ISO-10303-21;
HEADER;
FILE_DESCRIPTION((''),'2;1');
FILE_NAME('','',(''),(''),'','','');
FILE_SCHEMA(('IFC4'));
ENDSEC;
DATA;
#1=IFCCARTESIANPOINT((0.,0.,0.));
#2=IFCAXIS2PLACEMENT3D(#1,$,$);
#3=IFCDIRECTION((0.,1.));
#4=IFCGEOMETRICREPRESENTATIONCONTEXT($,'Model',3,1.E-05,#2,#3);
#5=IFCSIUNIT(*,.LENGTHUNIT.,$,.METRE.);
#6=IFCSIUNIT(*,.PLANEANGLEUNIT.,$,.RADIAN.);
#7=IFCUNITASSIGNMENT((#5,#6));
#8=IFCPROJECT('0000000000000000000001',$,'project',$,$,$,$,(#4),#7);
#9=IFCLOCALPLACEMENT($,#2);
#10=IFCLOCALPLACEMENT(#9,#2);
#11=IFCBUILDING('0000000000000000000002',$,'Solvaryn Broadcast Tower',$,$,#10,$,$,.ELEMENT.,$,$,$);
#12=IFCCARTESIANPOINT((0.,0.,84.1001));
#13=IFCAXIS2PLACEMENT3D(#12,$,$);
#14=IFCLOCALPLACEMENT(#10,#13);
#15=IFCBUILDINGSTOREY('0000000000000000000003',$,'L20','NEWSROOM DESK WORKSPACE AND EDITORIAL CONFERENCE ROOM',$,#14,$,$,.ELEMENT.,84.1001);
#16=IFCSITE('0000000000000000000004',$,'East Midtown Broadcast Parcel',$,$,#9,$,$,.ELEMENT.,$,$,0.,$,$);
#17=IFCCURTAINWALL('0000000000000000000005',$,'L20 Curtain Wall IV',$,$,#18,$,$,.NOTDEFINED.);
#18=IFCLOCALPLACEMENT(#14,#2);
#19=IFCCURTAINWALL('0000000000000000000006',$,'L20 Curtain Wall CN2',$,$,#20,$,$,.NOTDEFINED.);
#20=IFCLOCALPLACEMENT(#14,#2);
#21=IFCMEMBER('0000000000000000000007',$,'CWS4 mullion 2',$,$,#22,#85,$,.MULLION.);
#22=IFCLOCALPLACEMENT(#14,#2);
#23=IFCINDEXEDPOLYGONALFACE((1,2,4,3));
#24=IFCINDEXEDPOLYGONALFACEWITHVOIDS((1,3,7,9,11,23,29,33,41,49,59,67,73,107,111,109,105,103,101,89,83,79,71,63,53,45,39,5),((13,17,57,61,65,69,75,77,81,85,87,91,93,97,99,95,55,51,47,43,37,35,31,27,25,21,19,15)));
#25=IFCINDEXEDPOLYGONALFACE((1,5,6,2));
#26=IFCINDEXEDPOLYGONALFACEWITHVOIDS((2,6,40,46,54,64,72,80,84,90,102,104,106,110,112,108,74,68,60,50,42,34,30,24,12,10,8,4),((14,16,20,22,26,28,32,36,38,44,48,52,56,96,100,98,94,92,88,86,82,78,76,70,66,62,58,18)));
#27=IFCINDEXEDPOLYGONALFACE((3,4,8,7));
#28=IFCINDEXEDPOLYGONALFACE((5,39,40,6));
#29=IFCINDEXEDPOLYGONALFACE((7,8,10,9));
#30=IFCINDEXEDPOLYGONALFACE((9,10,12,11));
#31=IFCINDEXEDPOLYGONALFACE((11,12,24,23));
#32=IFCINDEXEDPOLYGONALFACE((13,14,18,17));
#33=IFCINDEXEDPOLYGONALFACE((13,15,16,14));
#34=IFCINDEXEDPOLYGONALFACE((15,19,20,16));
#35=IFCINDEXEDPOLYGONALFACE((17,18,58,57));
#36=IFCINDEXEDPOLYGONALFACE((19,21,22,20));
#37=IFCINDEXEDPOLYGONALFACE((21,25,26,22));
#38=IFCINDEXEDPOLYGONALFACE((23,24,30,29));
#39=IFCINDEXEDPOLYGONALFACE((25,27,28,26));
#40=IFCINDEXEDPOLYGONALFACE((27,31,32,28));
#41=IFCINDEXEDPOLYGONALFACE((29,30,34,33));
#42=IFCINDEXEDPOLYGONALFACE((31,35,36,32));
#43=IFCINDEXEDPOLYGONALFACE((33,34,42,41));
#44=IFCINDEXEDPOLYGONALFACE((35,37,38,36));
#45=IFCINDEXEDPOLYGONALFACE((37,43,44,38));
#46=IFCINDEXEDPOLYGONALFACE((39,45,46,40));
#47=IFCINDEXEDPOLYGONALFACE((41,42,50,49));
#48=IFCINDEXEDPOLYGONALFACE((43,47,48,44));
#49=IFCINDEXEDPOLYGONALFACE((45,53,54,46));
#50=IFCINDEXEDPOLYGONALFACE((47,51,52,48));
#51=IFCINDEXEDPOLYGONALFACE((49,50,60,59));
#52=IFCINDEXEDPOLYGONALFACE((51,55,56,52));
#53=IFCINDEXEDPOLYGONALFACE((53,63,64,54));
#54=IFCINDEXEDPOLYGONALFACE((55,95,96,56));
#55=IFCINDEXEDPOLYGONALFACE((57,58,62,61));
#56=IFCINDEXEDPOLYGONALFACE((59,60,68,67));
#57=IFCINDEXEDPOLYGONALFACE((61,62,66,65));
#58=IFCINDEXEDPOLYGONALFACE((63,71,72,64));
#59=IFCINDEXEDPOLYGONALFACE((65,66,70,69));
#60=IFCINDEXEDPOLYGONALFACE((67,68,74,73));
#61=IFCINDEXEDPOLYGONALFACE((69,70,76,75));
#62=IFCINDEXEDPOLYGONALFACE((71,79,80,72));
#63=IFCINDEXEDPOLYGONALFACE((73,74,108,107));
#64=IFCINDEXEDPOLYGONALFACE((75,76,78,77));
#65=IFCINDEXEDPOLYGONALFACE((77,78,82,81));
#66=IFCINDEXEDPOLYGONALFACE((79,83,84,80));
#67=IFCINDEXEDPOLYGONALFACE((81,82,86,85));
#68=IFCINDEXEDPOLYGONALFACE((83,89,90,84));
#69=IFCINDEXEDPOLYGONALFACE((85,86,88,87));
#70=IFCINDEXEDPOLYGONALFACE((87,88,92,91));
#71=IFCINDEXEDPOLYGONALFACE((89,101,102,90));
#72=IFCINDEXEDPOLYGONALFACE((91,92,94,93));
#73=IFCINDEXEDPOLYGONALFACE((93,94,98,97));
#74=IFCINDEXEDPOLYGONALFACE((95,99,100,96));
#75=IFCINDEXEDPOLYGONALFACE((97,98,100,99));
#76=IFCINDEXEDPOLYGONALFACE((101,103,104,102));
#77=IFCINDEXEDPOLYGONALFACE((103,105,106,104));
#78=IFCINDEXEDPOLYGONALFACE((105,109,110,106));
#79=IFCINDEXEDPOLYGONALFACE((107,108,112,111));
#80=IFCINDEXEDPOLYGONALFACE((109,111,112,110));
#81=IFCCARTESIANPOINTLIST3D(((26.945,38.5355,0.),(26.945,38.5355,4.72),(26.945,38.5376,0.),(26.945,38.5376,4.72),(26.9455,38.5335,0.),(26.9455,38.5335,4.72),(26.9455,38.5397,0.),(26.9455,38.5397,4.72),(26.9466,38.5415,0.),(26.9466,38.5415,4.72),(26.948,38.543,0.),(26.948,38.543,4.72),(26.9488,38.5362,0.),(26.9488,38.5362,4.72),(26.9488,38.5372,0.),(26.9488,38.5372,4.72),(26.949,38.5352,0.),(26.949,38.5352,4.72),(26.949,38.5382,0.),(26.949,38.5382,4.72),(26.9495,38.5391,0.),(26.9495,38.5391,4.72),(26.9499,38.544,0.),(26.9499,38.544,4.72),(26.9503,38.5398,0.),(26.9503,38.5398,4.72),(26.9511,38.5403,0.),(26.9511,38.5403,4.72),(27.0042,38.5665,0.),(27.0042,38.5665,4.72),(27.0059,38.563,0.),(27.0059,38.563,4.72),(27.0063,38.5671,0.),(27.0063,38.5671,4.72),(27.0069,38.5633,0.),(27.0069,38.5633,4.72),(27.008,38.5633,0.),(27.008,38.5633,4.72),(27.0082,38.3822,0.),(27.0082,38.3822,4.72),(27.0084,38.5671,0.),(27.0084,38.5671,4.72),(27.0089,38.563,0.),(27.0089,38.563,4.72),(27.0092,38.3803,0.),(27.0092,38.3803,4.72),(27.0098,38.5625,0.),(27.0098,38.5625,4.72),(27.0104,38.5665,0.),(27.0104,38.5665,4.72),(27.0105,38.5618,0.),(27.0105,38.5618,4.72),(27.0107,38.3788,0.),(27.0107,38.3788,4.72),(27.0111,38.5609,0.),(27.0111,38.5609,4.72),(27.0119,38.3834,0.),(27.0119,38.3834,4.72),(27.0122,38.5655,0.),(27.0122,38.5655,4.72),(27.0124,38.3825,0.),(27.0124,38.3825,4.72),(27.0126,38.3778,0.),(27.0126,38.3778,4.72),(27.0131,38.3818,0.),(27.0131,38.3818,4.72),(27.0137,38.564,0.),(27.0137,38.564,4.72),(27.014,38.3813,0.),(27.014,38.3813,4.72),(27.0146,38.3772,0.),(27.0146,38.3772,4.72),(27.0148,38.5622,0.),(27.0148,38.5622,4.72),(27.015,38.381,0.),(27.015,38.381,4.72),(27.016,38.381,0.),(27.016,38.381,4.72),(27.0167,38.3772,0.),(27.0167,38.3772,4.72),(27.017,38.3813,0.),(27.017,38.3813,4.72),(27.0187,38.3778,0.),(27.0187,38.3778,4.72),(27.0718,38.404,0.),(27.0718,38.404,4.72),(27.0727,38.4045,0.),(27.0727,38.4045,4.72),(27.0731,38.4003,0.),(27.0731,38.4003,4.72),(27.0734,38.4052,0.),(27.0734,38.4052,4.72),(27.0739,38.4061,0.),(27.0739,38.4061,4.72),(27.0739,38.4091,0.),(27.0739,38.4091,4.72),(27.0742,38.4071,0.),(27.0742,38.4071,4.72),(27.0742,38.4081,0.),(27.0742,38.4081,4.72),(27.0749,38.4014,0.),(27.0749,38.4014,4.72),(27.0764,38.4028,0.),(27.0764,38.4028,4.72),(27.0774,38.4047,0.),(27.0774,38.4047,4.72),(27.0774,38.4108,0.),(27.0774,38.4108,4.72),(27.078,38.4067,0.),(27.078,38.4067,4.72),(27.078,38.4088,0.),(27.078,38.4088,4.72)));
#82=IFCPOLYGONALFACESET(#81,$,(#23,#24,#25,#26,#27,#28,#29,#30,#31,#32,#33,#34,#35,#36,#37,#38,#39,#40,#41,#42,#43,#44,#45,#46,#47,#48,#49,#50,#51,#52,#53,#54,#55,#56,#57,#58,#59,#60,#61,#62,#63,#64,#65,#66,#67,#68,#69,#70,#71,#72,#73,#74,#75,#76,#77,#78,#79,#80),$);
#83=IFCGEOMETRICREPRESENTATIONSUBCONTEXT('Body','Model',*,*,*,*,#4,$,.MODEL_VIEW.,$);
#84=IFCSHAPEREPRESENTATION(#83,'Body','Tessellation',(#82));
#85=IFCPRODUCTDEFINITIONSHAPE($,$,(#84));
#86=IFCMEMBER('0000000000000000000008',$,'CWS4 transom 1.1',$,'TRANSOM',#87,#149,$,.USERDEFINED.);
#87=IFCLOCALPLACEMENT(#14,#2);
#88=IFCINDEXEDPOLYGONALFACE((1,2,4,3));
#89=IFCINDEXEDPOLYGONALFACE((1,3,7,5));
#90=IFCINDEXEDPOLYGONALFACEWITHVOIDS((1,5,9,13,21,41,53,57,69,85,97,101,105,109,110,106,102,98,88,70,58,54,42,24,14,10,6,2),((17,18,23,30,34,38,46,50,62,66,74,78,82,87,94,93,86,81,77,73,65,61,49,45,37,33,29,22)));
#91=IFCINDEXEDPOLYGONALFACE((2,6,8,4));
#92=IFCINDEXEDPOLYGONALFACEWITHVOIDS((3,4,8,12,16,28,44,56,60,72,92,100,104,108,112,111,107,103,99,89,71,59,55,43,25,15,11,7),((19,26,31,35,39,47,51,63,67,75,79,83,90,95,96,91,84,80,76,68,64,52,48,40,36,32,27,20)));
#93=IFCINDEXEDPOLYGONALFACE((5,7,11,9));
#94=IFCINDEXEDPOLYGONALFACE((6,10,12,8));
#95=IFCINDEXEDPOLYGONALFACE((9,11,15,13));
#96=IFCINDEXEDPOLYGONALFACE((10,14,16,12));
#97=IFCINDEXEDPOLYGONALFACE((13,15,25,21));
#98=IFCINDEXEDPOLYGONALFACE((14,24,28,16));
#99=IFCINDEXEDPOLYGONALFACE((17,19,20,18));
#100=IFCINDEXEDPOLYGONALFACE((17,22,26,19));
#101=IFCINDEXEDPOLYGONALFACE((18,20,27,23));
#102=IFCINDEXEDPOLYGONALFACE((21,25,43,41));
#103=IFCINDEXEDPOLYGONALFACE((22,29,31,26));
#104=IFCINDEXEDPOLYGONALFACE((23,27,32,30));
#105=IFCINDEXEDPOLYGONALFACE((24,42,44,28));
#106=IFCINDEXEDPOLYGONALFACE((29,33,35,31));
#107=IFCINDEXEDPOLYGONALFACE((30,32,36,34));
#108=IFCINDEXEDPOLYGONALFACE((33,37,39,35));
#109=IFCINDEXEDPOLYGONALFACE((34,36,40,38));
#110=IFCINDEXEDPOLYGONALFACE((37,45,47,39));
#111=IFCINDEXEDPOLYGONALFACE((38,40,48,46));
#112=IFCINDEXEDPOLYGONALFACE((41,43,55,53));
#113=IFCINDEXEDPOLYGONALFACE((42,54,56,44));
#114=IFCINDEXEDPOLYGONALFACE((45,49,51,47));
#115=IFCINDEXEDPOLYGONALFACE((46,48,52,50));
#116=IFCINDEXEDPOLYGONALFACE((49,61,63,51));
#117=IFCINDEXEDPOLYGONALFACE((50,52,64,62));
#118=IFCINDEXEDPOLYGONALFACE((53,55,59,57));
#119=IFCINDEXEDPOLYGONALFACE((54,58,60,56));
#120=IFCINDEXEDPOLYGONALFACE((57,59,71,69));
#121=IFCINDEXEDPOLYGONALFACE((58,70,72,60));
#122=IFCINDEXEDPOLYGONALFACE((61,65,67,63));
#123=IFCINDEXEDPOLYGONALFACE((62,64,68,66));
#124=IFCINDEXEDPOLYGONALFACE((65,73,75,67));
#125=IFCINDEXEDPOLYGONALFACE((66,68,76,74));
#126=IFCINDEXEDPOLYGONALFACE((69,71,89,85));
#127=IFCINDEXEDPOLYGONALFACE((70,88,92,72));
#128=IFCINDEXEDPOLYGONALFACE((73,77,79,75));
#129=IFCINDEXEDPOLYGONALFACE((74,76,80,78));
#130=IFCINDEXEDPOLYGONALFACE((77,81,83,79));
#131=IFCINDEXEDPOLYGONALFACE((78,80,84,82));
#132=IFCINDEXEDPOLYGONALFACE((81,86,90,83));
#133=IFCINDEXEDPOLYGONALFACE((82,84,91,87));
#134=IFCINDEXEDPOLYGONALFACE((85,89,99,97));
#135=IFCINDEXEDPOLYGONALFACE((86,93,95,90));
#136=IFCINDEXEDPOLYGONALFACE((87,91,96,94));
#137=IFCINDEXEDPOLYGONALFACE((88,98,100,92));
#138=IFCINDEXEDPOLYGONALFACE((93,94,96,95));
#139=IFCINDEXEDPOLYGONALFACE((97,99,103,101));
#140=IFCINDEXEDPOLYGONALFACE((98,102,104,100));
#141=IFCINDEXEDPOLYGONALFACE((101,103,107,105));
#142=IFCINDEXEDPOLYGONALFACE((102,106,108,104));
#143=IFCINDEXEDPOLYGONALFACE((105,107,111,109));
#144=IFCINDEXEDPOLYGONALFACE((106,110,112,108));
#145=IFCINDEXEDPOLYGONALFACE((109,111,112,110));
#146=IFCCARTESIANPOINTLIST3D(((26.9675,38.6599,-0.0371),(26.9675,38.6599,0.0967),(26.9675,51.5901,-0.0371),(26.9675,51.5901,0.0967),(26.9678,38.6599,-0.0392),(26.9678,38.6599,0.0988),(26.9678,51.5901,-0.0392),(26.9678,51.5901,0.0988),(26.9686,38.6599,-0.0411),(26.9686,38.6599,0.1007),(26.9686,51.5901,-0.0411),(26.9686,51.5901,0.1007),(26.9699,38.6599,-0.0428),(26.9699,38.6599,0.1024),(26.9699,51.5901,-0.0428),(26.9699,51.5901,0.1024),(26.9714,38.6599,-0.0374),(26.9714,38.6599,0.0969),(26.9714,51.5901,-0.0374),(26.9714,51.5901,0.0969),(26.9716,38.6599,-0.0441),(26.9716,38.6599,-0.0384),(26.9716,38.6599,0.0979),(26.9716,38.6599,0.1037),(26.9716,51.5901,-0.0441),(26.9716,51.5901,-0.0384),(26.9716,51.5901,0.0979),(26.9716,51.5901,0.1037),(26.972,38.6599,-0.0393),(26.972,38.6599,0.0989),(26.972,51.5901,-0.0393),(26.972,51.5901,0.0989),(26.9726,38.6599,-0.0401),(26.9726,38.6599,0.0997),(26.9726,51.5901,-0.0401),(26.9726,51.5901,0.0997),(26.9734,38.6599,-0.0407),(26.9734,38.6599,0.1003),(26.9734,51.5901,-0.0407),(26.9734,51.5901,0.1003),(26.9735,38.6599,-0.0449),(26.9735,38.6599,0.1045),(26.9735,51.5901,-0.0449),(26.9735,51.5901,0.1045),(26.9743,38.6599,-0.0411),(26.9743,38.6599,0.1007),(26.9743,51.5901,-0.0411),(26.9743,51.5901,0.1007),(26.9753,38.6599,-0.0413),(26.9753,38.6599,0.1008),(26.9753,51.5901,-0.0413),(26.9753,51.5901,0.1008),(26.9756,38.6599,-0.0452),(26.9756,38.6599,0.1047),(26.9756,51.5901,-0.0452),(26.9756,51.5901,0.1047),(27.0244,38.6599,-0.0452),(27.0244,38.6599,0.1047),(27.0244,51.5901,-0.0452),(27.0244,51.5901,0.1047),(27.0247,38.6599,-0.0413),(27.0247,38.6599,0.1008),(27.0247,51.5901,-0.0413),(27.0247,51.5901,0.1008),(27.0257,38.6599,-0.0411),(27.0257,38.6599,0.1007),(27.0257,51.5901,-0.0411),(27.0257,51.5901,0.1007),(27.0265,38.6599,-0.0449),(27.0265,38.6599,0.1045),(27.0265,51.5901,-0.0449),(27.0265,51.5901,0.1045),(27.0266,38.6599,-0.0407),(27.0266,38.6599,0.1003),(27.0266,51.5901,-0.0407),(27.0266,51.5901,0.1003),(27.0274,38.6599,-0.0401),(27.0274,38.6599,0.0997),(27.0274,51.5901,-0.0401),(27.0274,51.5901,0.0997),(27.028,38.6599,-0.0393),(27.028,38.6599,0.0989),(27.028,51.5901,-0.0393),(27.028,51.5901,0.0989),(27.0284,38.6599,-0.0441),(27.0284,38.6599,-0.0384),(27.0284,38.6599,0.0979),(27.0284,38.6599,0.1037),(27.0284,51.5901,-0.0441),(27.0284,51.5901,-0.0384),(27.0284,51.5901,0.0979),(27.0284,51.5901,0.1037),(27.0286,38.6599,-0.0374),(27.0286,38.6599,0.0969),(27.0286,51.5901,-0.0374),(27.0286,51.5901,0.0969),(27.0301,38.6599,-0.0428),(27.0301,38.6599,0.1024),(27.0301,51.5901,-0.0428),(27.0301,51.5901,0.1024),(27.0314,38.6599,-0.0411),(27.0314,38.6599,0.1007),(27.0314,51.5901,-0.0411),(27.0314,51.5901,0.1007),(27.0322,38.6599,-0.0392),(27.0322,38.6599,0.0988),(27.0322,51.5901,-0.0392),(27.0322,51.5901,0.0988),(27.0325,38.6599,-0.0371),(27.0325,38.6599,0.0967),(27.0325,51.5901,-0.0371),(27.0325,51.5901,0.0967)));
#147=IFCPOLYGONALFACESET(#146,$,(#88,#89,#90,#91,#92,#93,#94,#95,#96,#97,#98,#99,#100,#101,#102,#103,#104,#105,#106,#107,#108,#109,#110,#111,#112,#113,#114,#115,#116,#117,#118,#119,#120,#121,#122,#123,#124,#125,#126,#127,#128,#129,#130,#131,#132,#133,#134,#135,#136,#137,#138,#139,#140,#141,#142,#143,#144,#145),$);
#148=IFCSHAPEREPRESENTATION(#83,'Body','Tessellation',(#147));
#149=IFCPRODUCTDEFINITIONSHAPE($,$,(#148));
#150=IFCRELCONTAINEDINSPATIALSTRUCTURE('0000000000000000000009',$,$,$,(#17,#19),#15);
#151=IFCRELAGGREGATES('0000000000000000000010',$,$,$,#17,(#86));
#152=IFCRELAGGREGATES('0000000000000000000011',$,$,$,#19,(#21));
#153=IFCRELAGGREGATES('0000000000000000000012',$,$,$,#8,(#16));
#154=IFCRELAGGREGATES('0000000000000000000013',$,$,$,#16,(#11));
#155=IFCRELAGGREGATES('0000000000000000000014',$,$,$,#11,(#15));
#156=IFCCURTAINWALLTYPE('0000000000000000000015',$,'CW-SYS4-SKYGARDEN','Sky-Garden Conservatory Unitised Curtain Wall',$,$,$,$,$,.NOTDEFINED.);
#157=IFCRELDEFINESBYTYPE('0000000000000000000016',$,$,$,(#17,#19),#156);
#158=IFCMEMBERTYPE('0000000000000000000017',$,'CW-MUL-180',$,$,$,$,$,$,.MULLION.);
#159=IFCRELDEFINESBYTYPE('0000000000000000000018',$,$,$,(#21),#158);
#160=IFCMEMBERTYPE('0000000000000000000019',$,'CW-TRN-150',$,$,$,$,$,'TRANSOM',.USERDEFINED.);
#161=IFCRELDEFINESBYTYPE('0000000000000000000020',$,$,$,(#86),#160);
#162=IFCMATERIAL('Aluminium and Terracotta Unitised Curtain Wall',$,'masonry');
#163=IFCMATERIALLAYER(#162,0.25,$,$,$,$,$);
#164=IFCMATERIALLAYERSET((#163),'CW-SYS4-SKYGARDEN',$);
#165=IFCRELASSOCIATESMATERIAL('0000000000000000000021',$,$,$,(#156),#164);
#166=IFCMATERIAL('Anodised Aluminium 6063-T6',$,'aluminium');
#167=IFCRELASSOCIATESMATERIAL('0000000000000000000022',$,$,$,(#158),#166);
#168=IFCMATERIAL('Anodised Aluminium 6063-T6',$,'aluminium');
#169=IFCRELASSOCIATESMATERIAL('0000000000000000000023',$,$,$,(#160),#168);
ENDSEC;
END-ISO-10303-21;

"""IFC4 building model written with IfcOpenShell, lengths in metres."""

from ifc_helpers import new_model, si_unit, direction, frame, origin, origin_2d, place, context, subcontext, project, spatial, hollow_rectangle, extrude, material, layer, layer_set, material_profile, profile_set, type_object, element, aggregate, save


model = new_model("IFC4")

# Units and contexts
model_context = context("Model", 3, precision=1e-05, world=origin(), true_north=direction((0.0, 1.0)))
body_context = subcontext(model_context, "Body", "Model", "MODEL_VIEW")
ifc_project = project(units=[si_unit("LENGTHUNIT", "METRE"), si_unit("PLANEANGLEUNIT", "RADIAN")], contexts=[model_context])

# Site, building, storey
site_placement = place(None, origin())
site = spatial("IfcSite", under=ifc_project, at=site_placement, Name="East Midtown Broadcast Parcel", CompositionType="ELEMENT", RefElevation=0.0)
building_placement = place(site_placement, origin())
building = spatial("IfcBuilding", under=site, at=building_placement, Name="Solvaryn Broadcast Tower", CompositionType="ELEMENT")
storey_placement = place(building_placement, frame((0.0, 0.0, 84.1001)))
storey = spatial("IfcBuildingStorey", under=building, at=storey_placement, Name="L20", Description="NEWSROOM DESK WORKSPACE AND EDITORIAL CONFERENCE ROOM", CompositionType="ELEMENT", Elevation=84.1001)

# Curtain wall
ifc_material_1 = material(Name="Aluminium and Terracotta Unitised Curtain Wall", Category="masonry")
ifc_layer_1 = layer(ifc_material_1, 0.25)
ifc_layer_set_1 = layer_set([ifc_layer_1], Name="CW-SYS4-SKYGARDEN")
curtain_wall_type = type_object("IfcCurtainWallType", Name="CW-SYS4-SKYGARDEN", Description="Sky-Garden Conservatory Unitised Curtain Wall", PredefinedType="NOTDEFINED", material=ifc_layer_set_1)
curtain_wall_1_placement = place(storey_placement, origin())
curtain_wall_1 = element("IfcCurtainWall", 1, at=curtain_wall_1_placement, inside=storey, type_object=curtain_wall_type, Name="L20 Curtain Wall IV", PredefinedType="NOTDEFINED")
ifc_material_2 = material(Name="Anodised Aluminium 6063-T6", Category="aluminium")
ifc_material_profile_1 = material_profile(ifc_material_2, hollow_rectangle(XDim=0.075, YDim=0.1799, WallThickness=0.0039, InnerFilletRadius=0.0039, OuterFilletRadius=0.0081, at=origin_2d()))
ifc_profile_set_1 = profile_set([ifc_material_profile_1], Name="Anodised Aluminium 6063-T6")
member_type_1 = type_object("IfcMemberType", Name="CW-MUL-180", PredefinedType="MULLION", material=ifc_profile_set_1)

# Curtain wall, member
curtain_wall_2_placement = place(storey_placement, origin())
curtain_wall_2 = element("IfcCurtainWall", 2, at=curtain_wall_2_placement, inside=storey, type_object=curtain_wall_type, Name="L20 Curtain Wall CN2", PredefinedType="NOTDEFINED")
member_1_placement = place(storey_placement, frame((27.0115, 38.4722, 0.0), z_axis=(0.0, 0.0, 1.0), x_axis=(-0.923895, -0.382646, 0.0)))
member_1 = element("IfcMember", 3, at=member_1_placement, type_object=member_type_1, Name="CWS4 mullion 2", PredefinedType="MULLION", context=body_context, shape_type="SweptSolid", body=[
    extrude(hollow_rectangle(XDim=0.075, YDim=0.1799, WallThickness=0.0039, InnerFilletRadius=0.0039, OuterFilletRadius=0.0081, at=origin_2d()), origin(), (0.0, 0.0, 1.0), 4.72),
])

# Member
ifc_material_3 = material(Name="Anodised Aluminium 6063-T6", Category="aluminium")
ifc_material_profile_2 = material_profile(ifc_material_3, hollow_rectangle(XDim=0.0649, YDim=0.1499, WallThickness=0.0039, InnerFilletRadius=0.0039, OuterFilletRadius=0.0081, at=origin_2d()))
ifc_profile_set_2 = profile_set([ifc_material_profile_2], Name="Anodised Aluminium 6063-T6")
member_type_2 = type_object("IfcMemberType", Name="CW-TRN-150", ElementType="TRANSOM", PredefinedType="USERDEFINED", material=ifc_profile_set_2)
member_2_placement = place(storey_placement, frame((27.0, 51.5901, 0.0298), z_axis=(0.0, -1.0, 0.0), x_axis=(1.0, 0.0, 0.0)))
member_2 = element("IfcMember", 4, at=member_2_placement, type_object=member_type_2, Name="CWS4 transom 1.1", ObjectType="TRANSOM", PredefinedType="USERDEFINED", context=body_context, shape_type="SweptSolid", body=[
    extrude(hollow_rectangle(XDim=0.0649, YDim=0.1499, WallThickness=0.0039, InnerFilletRadius=0.0039, OuterFilletRadius=0.0081, at=origin_2d()), origin(), (0.0, 0.0, 1.0), 12.9302),
])

aggregate(curtain_wall_1, [member_2])
aggregate(curtain_wall_2, [member_1])

save(model, "model.ifc")
